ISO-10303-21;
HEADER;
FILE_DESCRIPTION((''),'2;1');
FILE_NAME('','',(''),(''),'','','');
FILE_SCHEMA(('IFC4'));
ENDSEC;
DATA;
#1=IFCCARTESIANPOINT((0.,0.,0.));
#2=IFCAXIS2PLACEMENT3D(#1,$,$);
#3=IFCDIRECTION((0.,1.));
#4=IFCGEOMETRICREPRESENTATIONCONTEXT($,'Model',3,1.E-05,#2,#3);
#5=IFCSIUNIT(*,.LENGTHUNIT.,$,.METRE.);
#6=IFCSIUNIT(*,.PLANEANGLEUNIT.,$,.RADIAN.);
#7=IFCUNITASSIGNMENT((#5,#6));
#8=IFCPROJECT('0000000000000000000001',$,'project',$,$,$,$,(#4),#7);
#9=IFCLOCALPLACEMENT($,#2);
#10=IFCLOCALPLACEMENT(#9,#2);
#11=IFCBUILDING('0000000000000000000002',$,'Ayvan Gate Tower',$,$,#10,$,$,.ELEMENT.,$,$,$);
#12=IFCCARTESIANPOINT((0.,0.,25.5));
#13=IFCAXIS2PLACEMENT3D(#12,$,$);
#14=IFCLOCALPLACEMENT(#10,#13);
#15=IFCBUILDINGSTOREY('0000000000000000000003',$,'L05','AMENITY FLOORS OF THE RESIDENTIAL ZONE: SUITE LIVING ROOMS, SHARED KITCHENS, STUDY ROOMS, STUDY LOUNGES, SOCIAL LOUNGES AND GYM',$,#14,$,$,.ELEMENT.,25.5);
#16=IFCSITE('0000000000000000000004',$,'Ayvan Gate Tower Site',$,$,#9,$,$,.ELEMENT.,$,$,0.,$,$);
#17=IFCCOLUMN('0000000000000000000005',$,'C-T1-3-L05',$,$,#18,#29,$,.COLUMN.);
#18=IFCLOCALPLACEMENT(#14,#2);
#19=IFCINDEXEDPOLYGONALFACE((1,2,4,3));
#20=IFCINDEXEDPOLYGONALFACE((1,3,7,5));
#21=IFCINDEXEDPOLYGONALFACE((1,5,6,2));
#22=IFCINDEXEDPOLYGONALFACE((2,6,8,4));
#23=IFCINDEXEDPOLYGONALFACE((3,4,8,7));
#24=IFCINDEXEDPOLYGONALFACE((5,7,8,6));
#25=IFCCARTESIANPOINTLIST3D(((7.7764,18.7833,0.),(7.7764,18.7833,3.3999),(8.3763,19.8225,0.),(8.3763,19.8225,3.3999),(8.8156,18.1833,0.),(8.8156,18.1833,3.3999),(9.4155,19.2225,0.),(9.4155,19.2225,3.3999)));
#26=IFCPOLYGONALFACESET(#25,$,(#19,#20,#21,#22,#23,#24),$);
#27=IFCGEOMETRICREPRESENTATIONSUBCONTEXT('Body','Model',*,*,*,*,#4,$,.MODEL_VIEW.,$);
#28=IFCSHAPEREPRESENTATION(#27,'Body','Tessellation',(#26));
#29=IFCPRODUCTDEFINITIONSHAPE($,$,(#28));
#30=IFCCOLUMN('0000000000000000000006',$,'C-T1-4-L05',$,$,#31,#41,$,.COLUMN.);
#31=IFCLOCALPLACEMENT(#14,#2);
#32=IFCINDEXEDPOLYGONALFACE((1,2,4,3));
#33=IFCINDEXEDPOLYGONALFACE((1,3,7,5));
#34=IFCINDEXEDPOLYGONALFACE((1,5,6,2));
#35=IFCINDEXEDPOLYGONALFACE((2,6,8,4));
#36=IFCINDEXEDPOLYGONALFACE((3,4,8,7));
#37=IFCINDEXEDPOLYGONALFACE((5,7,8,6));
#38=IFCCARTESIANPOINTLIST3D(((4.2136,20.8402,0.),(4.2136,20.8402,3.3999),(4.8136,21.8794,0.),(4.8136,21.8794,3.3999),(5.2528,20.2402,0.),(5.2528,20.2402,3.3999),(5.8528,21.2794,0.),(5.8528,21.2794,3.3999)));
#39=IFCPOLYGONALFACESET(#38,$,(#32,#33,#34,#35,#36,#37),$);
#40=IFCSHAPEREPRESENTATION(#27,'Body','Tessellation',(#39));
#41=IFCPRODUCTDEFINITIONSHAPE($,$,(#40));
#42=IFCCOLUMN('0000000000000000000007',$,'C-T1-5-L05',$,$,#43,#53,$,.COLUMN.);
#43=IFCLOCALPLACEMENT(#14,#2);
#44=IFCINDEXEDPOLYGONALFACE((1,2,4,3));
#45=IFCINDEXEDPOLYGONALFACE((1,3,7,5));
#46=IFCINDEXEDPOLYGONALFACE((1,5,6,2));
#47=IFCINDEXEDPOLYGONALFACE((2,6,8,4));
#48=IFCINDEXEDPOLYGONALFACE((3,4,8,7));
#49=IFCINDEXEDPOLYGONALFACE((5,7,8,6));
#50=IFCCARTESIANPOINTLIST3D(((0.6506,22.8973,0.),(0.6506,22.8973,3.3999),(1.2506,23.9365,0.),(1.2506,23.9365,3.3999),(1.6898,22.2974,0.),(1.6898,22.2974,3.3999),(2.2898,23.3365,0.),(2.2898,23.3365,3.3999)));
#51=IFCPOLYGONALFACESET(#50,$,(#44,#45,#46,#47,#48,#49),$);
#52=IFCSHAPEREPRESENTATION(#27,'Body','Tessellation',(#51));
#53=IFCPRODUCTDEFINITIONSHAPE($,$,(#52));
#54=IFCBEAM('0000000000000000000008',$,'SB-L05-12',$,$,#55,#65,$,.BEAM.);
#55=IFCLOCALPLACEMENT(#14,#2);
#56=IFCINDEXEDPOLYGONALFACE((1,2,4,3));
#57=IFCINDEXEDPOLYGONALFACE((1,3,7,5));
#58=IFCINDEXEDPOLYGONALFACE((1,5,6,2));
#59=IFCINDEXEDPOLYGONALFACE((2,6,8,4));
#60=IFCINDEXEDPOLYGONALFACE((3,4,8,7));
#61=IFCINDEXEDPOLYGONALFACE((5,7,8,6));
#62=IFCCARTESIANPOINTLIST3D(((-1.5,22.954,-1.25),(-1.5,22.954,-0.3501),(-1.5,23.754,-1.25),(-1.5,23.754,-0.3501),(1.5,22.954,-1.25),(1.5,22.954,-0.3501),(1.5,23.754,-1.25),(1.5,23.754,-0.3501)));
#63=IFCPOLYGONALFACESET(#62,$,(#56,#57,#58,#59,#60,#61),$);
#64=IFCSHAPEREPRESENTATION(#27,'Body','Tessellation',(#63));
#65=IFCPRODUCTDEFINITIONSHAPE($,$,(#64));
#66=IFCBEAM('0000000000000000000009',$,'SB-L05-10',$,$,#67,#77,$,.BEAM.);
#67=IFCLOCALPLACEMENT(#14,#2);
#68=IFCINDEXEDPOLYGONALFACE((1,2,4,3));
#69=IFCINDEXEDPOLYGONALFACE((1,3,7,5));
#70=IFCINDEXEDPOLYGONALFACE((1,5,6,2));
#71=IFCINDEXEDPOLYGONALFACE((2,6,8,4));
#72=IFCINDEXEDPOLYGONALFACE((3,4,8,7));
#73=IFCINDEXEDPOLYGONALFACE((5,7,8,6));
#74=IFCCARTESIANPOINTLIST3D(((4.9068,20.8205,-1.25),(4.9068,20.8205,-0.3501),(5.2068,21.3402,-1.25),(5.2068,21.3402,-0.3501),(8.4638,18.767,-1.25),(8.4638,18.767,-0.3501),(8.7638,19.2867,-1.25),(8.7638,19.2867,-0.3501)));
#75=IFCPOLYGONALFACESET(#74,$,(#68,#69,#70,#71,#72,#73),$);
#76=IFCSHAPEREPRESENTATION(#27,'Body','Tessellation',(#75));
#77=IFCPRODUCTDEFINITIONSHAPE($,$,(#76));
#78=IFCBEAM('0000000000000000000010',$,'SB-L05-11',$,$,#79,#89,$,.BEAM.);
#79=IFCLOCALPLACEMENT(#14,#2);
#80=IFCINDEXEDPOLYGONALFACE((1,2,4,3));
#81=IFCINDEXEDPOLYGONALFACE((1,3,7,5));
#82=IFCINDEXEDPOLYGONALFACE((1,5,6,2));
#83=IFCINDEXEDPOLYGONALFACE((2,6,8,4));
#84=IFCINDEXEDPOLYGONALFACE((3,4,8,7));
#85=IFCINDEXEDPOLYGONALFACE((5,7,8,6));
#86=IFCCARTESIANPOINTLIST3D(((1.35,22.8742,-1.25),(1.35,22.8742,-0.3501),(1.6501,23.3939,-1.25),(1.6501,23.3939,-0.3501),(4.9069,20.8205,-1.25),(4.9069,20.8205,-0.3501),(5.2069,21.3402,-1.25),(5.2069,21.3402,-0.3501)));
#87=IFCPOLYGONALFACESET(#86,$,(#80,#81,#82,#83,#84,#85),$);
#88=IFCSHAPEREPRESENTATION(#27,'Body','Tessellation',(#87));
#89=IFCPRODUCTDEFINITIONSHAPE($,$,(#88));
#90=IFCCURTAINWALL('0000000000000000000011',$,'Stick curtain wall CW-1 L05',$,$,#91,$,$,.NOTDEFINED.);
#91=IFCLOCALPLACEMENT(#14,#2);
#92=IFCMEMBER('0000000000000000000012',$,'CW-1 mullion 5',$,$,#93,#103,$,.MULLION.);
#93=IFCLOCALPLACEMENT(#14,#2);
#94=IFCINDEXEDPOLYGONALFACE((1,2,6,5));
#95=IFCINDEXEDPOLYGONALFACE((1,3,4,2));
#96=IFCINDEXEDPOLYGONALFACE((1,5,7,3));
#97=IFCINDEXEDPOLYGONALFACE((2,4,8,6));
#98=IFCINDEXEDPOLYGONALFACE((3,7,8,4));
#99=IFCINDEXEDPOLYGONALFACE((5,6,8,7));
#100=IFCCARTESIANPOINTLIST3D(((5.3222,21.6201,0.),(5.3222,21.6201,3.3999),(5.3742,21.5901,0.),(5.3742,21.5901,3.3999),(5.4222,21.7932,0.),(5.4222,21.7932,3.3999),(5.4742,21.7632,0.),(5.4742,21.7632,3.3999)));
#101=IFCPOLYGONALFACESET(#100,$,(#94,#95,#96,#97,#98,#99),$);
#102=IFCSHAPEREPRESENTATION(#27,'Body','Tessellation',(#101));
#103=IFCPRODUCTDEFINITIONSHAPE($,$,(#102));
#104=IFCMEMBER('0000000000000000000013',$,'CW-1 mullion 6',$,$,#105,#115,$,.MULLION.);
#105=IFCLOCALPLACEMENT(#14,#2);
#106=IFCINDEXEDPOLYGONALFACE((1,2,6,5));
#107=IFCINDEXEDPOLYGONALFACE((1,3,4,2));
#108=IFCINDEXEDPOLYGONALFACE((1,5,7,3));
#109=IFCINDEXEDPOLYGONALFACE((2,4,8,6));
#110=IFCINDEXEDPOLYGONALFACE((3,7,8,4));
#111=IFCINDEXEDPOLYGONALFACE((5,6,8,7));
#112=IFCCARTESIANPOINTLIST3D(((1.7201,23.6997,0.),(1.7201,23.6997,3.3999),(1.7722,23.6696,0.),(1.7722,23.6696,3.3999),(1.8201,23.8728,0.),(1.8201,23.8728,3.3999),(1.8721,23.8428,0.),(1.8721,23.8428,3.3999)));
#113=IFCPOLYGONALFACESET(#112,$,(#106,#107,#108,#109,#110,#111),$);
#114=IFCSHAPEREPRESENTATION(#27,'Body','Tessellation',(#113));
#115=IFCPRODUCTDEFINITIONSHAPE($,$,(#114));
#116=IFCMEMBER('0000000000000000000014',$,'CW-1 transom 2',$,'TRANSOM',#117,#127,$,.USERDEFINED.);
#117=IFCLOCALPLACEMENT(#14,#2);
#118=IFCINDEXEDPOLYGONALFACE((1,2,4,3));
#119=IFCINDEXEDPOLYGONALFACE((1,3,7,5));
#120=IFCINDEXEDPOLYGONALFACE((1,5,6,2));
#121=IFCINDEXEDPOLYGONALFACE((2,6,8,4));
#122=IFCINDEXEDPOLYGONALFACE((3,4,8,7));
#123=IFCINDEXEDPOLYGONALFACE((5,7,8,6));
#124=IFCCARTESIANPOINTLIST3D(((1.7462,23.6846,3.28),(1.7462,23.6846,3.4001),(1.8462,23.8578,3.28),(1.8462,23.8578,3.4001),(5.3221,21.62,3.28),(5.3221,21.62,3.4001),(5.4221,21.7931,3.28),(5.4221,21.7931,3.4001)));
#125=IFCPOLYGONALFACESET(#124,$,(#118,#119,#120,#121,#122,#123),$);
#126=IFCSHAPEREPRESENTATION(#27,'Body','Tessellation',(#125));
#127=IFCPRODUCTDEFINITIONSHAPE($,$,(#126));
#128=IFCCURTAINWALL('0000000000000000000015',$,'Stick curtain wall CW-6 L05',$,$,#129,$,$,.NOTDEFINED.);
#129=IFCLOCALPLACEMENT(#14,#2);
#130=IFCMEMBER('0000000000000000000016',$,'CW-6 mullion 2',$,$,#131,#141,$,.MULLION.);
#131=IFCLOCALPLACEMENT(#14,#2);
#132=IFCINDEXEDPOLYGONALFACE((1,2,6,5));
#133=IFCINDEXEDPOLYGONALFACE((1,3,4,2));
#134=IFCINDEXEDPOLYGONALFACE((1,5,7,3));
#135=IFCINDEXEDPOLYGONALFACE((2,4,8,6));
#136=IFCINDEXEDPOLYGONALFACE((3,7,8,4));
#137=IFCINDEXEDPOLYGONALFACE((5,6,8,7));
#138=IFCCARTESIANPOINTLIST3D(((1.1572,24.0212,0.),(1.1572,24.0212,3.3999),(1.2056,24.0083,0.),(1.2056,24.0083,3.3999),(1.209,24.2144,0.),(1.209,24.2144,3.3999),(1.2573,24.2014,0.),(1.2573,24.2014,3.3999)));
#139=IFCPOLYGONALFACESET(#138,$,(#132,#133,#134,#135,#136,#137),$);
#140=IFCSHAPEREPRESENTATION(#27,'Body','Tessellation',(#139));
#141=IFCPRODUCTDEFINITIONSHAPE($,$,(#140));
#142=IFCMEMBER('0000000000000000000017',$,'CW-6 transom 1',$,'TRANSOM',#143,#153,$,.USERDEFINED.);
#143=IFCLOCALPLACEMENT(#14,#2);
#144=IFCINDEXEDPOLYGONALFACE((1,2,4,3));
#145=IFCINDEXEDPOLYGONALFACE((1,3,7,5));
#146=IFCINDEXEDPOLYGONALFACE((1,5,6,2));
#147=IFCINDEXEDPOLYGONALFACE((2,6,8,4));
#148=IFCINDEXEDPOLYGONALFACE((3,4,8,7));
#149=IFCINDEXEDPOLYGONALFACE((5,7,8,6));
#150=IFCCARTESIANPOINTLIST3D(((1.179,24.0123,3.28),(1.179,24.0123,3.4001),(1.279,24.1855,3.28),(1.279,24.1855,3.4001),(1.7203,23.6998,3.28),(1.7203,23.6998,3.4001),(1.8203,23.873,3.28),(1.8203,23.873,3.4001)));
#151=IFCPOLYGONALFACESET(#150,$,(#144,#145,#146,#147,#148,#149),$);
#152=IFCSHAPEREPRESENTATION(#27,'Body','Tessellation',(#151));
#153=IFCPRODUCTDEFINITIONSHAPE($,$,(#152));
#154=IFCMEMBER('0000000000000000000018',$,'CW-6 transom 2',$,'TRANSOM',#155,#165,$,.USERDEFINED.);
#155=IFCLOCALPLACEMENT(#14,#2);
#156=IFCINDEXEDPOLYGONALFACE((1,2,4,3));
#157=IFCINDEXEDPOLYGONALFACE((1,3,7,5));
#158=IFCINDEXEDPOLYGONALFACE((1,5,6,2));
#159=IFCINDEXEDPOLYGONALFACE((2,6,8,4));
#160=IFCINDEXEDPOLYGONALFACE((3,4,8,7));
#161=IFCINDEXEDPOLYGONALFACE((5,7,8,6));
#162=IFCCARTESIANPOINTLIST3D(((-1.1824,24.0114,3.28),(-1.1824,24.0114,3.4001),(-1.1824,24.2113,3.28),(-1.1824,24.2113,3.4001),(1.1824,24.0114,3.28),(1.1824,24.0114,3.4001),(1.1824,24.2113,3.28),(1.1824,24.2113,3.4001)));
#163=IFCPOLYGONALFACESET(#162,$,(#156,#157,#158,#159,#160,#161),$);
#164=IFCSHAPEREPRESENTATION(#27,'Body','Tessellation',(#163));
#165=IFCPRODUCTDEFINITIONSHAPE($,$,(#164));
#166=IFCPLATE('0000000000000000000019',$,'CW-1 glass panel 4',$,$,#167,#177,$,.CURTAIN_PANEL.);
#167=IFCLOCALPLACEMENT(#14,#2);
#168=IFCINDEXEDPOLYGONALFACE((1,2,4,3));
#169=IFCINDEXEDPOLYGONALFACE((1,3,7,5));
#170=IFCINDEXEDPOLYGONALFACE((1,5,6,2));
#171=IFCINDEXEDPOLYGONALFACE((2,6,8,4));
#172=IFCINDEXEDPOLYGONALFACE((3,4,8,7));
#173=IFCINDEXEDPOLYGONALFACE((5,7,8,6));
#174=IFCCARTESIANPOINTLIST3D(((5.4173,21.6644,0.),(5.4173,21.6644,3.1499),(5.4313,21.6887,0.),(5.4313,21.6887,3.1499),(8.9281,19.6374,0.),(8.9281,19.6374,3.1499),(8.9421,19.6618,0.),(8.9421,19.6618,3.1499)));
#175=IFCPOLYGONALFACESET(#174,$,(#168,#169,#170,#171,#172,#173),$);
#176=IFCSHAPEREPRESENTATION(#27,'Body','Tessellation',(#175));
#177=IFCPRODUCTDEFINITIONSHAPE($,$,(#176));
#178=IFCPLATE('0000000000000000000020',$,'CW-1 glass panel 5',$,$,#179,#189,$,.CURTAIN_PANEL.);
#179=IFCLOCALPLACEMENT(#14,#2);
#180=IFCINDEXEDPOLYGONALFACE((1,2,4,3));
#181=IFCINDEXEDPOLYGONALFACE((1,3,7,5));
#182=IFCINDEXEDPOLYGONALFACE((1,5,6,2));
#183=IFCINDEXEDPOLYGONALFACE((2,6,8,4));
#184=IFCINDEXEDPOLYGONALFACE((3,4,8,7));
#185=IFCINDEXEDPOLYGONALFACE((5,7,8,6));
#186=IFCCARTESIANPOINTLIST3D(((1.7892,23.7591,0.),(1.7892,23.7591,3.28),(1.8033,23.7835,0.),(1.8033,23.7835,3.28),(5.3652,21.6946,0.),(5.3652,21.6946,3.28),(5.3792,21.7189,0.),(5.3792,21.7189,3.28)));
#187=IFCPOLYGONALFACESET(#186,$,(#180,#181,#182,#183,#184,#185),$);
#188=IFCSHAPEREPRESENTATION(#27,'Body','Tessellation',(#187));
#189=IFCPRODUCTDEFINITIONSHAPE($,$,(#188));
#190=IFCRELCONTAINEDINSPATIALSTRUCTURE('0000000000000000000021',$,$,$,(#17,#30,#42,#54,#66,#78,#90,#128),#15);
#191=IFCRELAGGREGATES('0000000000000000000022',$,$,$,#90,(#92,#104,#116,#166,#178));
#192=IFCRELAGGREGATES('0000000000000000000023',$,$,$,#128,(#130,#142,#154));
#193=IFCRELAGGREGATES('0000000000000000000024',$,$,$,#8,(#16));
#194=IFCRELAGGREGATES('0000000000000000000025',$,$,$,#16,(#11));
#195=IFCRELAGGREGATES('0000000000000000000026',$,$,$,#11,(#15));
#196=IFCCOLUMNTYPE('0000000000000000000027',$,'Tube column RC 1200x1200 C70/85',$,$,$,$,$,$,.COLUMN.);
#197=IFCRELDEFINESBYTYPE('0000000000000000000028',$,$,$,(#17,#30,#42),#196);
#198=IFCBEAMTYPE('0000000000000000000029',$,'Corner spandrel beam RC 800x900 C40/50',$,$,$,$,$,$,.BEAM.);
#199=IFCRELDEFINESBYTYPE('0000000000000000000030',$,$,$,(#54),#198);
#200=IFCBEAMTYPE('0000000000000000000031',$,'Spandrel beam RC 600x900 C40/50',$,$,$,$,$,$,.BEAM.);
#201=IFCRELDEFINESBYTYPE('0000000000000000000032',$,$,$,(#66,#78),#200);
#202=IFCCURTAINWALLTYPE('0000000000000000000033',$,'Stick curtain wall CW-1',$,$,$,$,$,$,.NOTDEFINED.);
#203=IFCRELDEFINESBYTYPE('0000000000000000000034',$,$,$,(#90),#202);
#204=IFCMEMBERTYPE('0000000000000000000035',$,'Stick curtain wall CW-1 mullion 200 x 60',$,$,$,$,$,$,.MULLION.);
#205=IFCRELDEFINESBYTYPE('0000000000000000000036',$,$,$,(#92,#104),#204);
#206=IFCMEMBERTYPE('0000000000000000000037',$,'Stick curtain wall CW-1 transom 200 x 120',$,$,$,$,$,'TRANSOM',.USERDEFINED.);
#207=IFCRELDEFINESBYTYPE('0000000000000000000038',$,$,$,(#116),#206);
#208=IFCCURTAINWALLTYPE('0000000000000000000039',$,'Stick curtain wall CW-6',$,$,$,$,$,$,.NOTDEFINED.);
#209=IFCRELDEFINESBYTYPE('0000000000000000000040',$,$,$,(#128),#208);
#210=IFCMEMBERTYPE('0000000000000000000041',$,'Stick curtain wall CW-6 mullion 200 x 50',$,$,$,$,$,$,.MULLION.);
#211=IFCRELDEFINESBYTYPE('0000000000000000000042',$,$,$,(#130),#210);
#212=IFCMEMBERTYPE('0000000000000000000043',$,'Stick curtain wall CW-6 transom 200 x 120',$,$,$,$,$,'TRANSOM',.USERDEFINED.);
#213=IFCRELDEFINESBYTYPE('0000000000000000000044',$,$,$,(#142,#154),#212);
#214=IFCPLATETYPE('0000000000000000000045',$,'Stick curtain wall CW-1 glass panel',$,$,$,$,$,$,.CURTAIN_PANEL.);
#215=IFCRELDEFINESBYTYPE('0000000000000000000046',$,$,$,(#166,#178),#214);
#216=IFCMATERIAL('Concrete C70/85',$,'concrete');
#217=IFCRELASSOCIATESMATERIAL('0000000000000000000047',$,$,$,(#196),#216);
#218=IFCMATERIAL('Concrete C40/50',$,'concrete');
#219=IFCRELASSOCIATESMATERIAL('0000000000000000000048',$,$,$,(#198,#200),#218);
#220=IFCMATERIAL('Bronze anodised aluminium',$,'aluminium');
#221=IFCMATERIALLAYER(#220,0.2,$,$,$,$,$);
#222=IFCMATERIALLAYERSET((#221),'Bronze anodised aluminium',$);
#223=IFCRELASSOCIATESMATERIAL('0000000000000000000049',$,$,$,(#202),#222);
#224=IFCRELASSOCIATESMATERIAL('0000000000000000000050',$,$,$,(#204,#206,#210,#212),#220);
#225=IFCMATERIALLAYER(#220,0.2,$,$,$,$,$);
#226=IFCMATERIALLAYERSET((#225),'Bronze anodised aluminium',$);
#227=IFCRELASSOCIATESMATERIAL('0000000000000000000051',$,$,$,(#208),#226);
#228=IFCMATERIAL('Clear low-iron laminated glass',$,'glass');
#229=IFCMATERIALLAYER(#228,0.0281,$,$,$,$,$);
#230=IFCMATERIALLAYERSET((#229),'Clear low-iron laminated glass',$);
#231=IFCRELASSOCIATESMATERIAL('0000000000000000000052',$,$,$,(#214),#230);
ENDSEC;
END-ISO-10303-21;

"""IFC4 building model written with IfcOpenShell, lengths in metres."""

from ifc_helpers import new_model, si_unit, direction, frame, origin, origin_2d, place, context, subcontext, project, spatial, rectangle, extrude, material, layer, layer_set, material_profile, profile_set, type_object, element, aggregate, save


model = new_model("IFC4")

# Units and contexts
model_context = context("Model", 3, precision=1e-05, world=origin(), true_north=direction((0.0, 1.0)))
body_context = subcontext(model_context, "Body", "Model", "MODEL_VIEW")
ifc_project = project(units=[si_unit("LENGTHUNIT", "METRE"), si_unit("PLANEANGLEUNIT", "RADIAN")], contexts=[model_context])

# Site, building, storey
site_placement = place(None, origin())
site = spatial("IfcSite", under=ifc_project, at=site_placement, Name="Ayvan Gate Tower Site", CompositionType="ELEMENT", RefElevation=0.0)
building_placement = place(site_placement, origin())
building = spatial("IfcBuilding", under=site, at=building_placement, Name="Ayvan Gate Tower", CompositionType="ELEMENT")
storey_placement = place(building_placement, frame((0.0, 0.0, 25.5)))
storey = spatial("IfcBuildingStorey", under=building, at=storey_placement, Name="L05", Description="AMENITY FLOORS OF THE RESIDENTIAL ZONE: SUITE LIVING ROOMS, SHARED KITCHENS, STUDY ROOMS, STUDY LOUNGES, SOCIAL LOUNGES AND GYM", CompositionType="ELEMENT", Elevation=25.5)

# Columns
ifc_material_1 = material(Name="Concrete C70/85", Category="concrete")
ifc_material_profile_1 = material_profile(ifc_material_1, rectangle(XDim=1.2, YDim=1.2, at=origin_2d()), Name="RC 1200x1200")
ifc_profile_set_1 = profile_set([ifc_material_profile_1], Name="Concrete C70/85")
column_type = type_object("IfcColumnType", Name="Tube column RC 1200x1200 C70/85", PredefinedType="COLUMN", material=ifc_profile_set_1)
for number, where, z_axis, x_axis, name in (
    (1, (8.5959, 19.0029, 0.0), (0.0, 0.0, 1.0), (0.5, 0.866025, 0.0), "C-T1-3-L05"),
    (2, (5.0332, 21.0598, 0.0), (0.0, 0.0, 1.0), (0.5, 0.866025, 0.0), "C-T1-4-L05"),
    (3, (1.4702, 23.1169, 0.0), (0.0, 0.0, 1.0), (0.5, 0.866025, 0.0), "C-T1-5-L05"),
):
    element("IfcColumn", number, at=place(storey_placement, frame(where, z_axis=z_axis, x_axis=x_axis)), inside=storey, type_object=column_type, Name=name, PredefinedType="COLUMN", context=body_context, shape_type="SweptSolid", body=[
        extrude(rectangle(XDim=1.2, YDim=1.2, at=origin_2d()), origin(), (0.0, 0.0, 1.0), 3.3999),
    ])

# Beams
ifc_material_2 = material(Name="Concrete C40/50", Category="concrete")
ifc_material_profile_2 = material_profile(ifc_material_2, rectangle(XDim=0.8, YDim=0.8999, at=origin_2d()), Name="RC 800x900")
ifc_profile_set_2 = profile_set([ifc_material_profile_2], Name="Concrete C40/50")
beam_type_1 = type_object("IfcBeamType", Name="Corner spandrel beam RC 800x900 C40/50", PredefinedType="BEAM", material=ifc_profile_set_2)
beam_placement = place(storey_placement, frame((1.5, 23.354, -0.8), z_axis=(-1.0, 0.0, 0.0), x_axis=(0.0, -1.0, 0.0)))
element("IfcBeam", 4, at=beam_placement, inside=storey, type_object=beam_type_1, Name="SB-L05-12", PredefinedType="BEAM", context=body_context, shape_type="SweptSolid", body=[
    extrude(rectangle(XDim=0.8, YDim=0.8999, at=origin_2d()), origin(), (0.0, 0.0, 1.0), 3.0),
])
ifc_material_profile_3 = material_profile(ifc_material_2, rectangle(XDim=0.6001, YDim=0.8999, at=origin_2d()), Name="RC 600x900")
ifc_profile_set_3 = profile_set([ifc_material_profile_3], Name="Concrete C40/50")
beam_type_2 = type_object("IfcBeamType", Name="Spandrel beam RC 600x900 C40/50", PredefinedType="BEAM", material=ifc_profile_set_3)
for number, where, z_axis, x_axis, name in (
    (5, (8.6138, 19.0269, -0.8), (-0.866036, 0.499981, 0.0), (-0.499981, -0.866036, 0.0), "SB-L05-10"),
    (6, (5.0569, 21.0803, -0.8), (-0.86601, 0.500026, 0.0), (-0.500026, -0.86601, 0.0), "SB-L05-11"),
):
    element("IfcBeam", number, at=place(storey_placement, frame(where, z_axis=z_axis, x_axis=x_axis)), inside=storey, type_object=beam_type_2, Name=name, PredefinedType="BEAM", context=body_context, shape_type="SweptSolid", body=[
        extrude(rectangle(XDim=0.6001, YDim=0.8999, at=origin_2d()), origin(), (0.0, 0.0, 1.0), 4.1072),
    ])

# Curtain walls, members
ifc_material_3 = material(Name="Bronze anodised aluminium", Category="aluminium")
ifc_layer_1 = layer(ifc_material_3, 0.2)
ifc_layer_set_1 = layer_set([ifc_layer_1], Name="Bronze anodised aluminium")
curtain_wall_type_1 = type_object("IfcCurtainWallType", Name="Stick curtain wall CW-1", PredefinedType="NOTDEFINED", material=ifc_layer_set_1)
curtain_wall_1_placement = place(storey_placement, origin())
curtain_wall_1 = element("IfcCurtainWall", 7, at=curtain_wall_1_placement, inside=storey, type_object=curtain_wall_type_1, Name="Stick curtain wall CW-1 L05", PredefinedType="NOTDEFINED")
ifc_material_profile_4 = material_profile(ifc_material_3, rectangle(XDim=0.2, YDim=0.0601, at=origin_2d()), Name="Stick curtain wall CW-1 mullion 200 x 60")
ifc_profile_set_4 = profile_set([ifc_material_profile_4], Name="Bronze anodised aluminium")
member_type_1 = type_object("IfcMemberType", Name="Stick curtain wall CW-1 mullion 200 x 60", PredefinedType="MULLION", material=ifc_profile_set_4)
member_1_placement = place(storey_placement, frame((5.3982, 21.6917, 0.0), z_axis=(0.0, 0.0, 1.0), x_axis=(0.5, 0.866025, 0.0)))
member_1 = element("IfcMember", 8, at=member_1_placement, type_object=member_type_1, Name="CW-1 mullion 5", PredefinedType="MULLION", context=body_context, shape_type="SweptSolid", body=[
    extrude(rectangle(XDim=0.2, YDim=0.0601, at=origin_2d()), origin(), (0.0, 0.0, 1.0), 3.3999),
])
member_2_placement = place(storey_placement, frame((1.7961, 23.7712, 0.0), z_axis=(0.0, 0.0, 1.0), x_axis=(0.5, 0.866025, 0.0)))
member_2 = element("IfcMember", 9, at=member_2_placement, type_object=member_type_1, Name="CW-1 mullion 6", PredefinedType="MULLION", context=body_context, shape_type="SweptSolid", body=[
    extrude(rectangle(XDim=0.2, YDim=0.0601, at=origin_2d()), origin(), (0.0, 0.0, 1.0), 3.3999),
])
ifc_material_profile_5 = material_profile(ifc_material_3, rectangle(XDim=0.2, YDim=0.1201, at=origin_2d()), Name="Stick curtain wall CW-1 transom 200 x 120")
ifc_profile_set_5 = profile_set([ifc_material_profile_5], Name="Bronze anodised aluminium")
member_type_2 = type_object("IfcMemberType", Name="Stick curtain wall CW-1 transom 200 x 120", ElementType="TRANSOM", PredefinedType="USERDEFINED", material=ifc_profile_set_5)
member_3_placement = place(storey_placement, frame((5.3721, 21.7065, 3.3401), z_axis=(-0.866011, 0.500024, 0.0), x_axis=(-0.500024, -0.866011, 0.0)))
member_3 = element("IfcMember", 10, at=member_3_placement, type_object=member_type_2, Name="CW-1 transom 2", ObjectType="TRANSOM", PredefinedType="USERDEFINED", context=body_context, shape_type="SweptSolid", body=[
    extrude(rectangle(XDim=0.2, YDim=0.1201, at=origin_2d()), origin(), (0.0, 0.0, 1.0), 4.1292),
])
ifc_layer_2 = layer(ifc_material_3, 0.2)
ifc_layer_set_2 = layer_set([ifc_layer_2], Name="Bronze anodised aluminium")
curtain_wall_type_2 = type_object("IfcCurtainWallType", Name="Stick curtain wall CW-6", PredefinedType="NOTDEFINED", material=ifc_layer_set_2)
curtain_wall_2_placement = place(storey_placement, origin())
curtain_wall_2 = element("IfcCurtainWall", 11, at=curtain_wall_2_placement, inside=storey, type_object=curtain_wall_type_2, Name="Stick curtain wall CW-6 L05", PredefinedType="NOTDEFINED")
ifc_material_profile_6 = material_profile(ifc_material_3, rectangle(XDim=0.2, YDim=0.05, at=origin_2d()), Name="Stick curtain wall CW-6 mullion 200 x 50")
ifc_profile_set_6 = profile_set([ifc_material_profile_6], Name="Bronze anodised aluminium")
member_type_3 = type_object("IfcMemberType", Name="Stick curtain wall CW-6 mullion 200 x 50", PredefinedType="MULLION", material=ifc_profile_set_6)
member_4_placement = place(storey_placement, frame((1.2073, 24.1113, 0.0), z_axis=(0.0, 0.0, 1.0), x_axis=(0.258819, 0.965926, 0.0)))
member_4 = element("IfcMember", 12, at=member_4_placement, type_object=member_type_3, Name="CW-6 mullion 2", PredefinedType="MULLION", context=body_context, shape_type="SweptSolid", body=[
    extrude(rectangle(XDim=0.2, YDim=0.05, at=origin_2d()), origin(), (0.0, 0.0, 1.0), 3.3999),
])
ifc_material_profile_7 = material_profile(ifc_material_3, rectangle(XDim=0.2, YDim=0.1201, at=origin_2d()), Name="Stick curtain wall CW-6 transom 200 x 120")
ifc_profile_set_7 = profile_set([ifc_material_profile_7], Name="Bronze anodised aluminium")
member_type_4 = type_object("IfcMemberType", Name="Stick curtain wall CW-6 transom 200 x 120", ElementType="TRANSOM", PredefinedType="USERDEFINED", material=ifc_profile_set_7)
member_5_placement = place(storey_placement, frame((1.7703, 23.7864, 3.3401), z_axis=(-0.866023, 0.500004, 0.0), x_axis=(-0.500004, -0.866023, 0.0)))
member_5 = element("IfcMember", 13, at=member_5_placement, type_object=member_type_4, Name="CW-6 transom 1", ObjectType="TRANSOM", PredefinedType="USERDEFINED", context=body_context, shape_type="SweptSolid", body=[
    extrude(rectangle(XDim=0.2, YDim=0.1201, at=origin_2d()), origin(), (0.0, 0.0, 1.0), 0.625),
])
member_6_placement = place(storey_placement, frame((1.1824, 24.1113, 3.3401), z_axis=(-1.0, 0.0, 0.0), x_axis=(0.0, -1.0, 0.0)))
member_6 = element("IfcMember", 14, at=member_6_placement, type_object=member_type_4, Name="CW-6 transom 2", ObjectType="TRANSOM", PredefinedType="USERDEFINED", context=body_context, shape_type="SweptSolid", body=[
    extrude(rectangle(XDim=0.2, YDim=0.1201, at=origin_2d()), origin(), (0.0, 0.0, 1.0), 2.3647),
])

# Plates
ifc_material_4 = material(Name="Clear low-iron laminated glass", Category="glass")
ifc_layer_3 = layer(ifc_material_4, 0.0281)
ifc_layer_set_3 = layer_set([ifc_layer_3], Name="Clear low-iron laminated glass")
plate_type_1 = type_object("IfcPlateType", Name="Stick curtain wall CW-1 glass panel", PredefinedType="CURTAIN_PANEL", material=ifc_layer_set_3)
plate_1_placement = place(storey_placement, frame((7.1797, 20.6631, 0.0), z_axis=(0.0, 0.0, 1.0), x_axis=(-0.866025, 0.5, 0.0)))
plate_1 = element("IfcPlate", 15, at=plate_1_placement, type_object=plate_type_1, Name="CW-1 glass panel 4", PredefinedType="CURTAIN_PANEL", context=body_context, shape_type="SweptSolid", body=[
    extrude(rectangle(XDim=4.054, YDim=0.0281, at=origin_2d()), origin(), (0.0, 0.0, 1.0), 3.1499),
])
plate_2_placement = place(storey_placement, frame((3.5842, 22.739, 0.0), z_axis=(0.0, 0.0, 1.0), x_axis=(-0.866025, 0.5, 0.0)))
plate_2 = element("IfcPlate", 16, at=plate_2_placement, type_object=plate_type_1, Name="CW-1 glass panel 5", PredefinedType="CURTAIN_PANEL", context=body_context, shape_type="SweptSolid", body=[
    extrude(rectangle(XDim=4.1292, YDim=0.0281, at=origin_2d()), origin(), (0.0, 0.0, 1.0), 3.28),
])
aggregate(curtain_wall_1, [member_1, member_2, member_3, plate_1, plate_2])
aggregate(curtain_wall_2, [member_4, member_5, member_6])

save(model, "model.ifc")
